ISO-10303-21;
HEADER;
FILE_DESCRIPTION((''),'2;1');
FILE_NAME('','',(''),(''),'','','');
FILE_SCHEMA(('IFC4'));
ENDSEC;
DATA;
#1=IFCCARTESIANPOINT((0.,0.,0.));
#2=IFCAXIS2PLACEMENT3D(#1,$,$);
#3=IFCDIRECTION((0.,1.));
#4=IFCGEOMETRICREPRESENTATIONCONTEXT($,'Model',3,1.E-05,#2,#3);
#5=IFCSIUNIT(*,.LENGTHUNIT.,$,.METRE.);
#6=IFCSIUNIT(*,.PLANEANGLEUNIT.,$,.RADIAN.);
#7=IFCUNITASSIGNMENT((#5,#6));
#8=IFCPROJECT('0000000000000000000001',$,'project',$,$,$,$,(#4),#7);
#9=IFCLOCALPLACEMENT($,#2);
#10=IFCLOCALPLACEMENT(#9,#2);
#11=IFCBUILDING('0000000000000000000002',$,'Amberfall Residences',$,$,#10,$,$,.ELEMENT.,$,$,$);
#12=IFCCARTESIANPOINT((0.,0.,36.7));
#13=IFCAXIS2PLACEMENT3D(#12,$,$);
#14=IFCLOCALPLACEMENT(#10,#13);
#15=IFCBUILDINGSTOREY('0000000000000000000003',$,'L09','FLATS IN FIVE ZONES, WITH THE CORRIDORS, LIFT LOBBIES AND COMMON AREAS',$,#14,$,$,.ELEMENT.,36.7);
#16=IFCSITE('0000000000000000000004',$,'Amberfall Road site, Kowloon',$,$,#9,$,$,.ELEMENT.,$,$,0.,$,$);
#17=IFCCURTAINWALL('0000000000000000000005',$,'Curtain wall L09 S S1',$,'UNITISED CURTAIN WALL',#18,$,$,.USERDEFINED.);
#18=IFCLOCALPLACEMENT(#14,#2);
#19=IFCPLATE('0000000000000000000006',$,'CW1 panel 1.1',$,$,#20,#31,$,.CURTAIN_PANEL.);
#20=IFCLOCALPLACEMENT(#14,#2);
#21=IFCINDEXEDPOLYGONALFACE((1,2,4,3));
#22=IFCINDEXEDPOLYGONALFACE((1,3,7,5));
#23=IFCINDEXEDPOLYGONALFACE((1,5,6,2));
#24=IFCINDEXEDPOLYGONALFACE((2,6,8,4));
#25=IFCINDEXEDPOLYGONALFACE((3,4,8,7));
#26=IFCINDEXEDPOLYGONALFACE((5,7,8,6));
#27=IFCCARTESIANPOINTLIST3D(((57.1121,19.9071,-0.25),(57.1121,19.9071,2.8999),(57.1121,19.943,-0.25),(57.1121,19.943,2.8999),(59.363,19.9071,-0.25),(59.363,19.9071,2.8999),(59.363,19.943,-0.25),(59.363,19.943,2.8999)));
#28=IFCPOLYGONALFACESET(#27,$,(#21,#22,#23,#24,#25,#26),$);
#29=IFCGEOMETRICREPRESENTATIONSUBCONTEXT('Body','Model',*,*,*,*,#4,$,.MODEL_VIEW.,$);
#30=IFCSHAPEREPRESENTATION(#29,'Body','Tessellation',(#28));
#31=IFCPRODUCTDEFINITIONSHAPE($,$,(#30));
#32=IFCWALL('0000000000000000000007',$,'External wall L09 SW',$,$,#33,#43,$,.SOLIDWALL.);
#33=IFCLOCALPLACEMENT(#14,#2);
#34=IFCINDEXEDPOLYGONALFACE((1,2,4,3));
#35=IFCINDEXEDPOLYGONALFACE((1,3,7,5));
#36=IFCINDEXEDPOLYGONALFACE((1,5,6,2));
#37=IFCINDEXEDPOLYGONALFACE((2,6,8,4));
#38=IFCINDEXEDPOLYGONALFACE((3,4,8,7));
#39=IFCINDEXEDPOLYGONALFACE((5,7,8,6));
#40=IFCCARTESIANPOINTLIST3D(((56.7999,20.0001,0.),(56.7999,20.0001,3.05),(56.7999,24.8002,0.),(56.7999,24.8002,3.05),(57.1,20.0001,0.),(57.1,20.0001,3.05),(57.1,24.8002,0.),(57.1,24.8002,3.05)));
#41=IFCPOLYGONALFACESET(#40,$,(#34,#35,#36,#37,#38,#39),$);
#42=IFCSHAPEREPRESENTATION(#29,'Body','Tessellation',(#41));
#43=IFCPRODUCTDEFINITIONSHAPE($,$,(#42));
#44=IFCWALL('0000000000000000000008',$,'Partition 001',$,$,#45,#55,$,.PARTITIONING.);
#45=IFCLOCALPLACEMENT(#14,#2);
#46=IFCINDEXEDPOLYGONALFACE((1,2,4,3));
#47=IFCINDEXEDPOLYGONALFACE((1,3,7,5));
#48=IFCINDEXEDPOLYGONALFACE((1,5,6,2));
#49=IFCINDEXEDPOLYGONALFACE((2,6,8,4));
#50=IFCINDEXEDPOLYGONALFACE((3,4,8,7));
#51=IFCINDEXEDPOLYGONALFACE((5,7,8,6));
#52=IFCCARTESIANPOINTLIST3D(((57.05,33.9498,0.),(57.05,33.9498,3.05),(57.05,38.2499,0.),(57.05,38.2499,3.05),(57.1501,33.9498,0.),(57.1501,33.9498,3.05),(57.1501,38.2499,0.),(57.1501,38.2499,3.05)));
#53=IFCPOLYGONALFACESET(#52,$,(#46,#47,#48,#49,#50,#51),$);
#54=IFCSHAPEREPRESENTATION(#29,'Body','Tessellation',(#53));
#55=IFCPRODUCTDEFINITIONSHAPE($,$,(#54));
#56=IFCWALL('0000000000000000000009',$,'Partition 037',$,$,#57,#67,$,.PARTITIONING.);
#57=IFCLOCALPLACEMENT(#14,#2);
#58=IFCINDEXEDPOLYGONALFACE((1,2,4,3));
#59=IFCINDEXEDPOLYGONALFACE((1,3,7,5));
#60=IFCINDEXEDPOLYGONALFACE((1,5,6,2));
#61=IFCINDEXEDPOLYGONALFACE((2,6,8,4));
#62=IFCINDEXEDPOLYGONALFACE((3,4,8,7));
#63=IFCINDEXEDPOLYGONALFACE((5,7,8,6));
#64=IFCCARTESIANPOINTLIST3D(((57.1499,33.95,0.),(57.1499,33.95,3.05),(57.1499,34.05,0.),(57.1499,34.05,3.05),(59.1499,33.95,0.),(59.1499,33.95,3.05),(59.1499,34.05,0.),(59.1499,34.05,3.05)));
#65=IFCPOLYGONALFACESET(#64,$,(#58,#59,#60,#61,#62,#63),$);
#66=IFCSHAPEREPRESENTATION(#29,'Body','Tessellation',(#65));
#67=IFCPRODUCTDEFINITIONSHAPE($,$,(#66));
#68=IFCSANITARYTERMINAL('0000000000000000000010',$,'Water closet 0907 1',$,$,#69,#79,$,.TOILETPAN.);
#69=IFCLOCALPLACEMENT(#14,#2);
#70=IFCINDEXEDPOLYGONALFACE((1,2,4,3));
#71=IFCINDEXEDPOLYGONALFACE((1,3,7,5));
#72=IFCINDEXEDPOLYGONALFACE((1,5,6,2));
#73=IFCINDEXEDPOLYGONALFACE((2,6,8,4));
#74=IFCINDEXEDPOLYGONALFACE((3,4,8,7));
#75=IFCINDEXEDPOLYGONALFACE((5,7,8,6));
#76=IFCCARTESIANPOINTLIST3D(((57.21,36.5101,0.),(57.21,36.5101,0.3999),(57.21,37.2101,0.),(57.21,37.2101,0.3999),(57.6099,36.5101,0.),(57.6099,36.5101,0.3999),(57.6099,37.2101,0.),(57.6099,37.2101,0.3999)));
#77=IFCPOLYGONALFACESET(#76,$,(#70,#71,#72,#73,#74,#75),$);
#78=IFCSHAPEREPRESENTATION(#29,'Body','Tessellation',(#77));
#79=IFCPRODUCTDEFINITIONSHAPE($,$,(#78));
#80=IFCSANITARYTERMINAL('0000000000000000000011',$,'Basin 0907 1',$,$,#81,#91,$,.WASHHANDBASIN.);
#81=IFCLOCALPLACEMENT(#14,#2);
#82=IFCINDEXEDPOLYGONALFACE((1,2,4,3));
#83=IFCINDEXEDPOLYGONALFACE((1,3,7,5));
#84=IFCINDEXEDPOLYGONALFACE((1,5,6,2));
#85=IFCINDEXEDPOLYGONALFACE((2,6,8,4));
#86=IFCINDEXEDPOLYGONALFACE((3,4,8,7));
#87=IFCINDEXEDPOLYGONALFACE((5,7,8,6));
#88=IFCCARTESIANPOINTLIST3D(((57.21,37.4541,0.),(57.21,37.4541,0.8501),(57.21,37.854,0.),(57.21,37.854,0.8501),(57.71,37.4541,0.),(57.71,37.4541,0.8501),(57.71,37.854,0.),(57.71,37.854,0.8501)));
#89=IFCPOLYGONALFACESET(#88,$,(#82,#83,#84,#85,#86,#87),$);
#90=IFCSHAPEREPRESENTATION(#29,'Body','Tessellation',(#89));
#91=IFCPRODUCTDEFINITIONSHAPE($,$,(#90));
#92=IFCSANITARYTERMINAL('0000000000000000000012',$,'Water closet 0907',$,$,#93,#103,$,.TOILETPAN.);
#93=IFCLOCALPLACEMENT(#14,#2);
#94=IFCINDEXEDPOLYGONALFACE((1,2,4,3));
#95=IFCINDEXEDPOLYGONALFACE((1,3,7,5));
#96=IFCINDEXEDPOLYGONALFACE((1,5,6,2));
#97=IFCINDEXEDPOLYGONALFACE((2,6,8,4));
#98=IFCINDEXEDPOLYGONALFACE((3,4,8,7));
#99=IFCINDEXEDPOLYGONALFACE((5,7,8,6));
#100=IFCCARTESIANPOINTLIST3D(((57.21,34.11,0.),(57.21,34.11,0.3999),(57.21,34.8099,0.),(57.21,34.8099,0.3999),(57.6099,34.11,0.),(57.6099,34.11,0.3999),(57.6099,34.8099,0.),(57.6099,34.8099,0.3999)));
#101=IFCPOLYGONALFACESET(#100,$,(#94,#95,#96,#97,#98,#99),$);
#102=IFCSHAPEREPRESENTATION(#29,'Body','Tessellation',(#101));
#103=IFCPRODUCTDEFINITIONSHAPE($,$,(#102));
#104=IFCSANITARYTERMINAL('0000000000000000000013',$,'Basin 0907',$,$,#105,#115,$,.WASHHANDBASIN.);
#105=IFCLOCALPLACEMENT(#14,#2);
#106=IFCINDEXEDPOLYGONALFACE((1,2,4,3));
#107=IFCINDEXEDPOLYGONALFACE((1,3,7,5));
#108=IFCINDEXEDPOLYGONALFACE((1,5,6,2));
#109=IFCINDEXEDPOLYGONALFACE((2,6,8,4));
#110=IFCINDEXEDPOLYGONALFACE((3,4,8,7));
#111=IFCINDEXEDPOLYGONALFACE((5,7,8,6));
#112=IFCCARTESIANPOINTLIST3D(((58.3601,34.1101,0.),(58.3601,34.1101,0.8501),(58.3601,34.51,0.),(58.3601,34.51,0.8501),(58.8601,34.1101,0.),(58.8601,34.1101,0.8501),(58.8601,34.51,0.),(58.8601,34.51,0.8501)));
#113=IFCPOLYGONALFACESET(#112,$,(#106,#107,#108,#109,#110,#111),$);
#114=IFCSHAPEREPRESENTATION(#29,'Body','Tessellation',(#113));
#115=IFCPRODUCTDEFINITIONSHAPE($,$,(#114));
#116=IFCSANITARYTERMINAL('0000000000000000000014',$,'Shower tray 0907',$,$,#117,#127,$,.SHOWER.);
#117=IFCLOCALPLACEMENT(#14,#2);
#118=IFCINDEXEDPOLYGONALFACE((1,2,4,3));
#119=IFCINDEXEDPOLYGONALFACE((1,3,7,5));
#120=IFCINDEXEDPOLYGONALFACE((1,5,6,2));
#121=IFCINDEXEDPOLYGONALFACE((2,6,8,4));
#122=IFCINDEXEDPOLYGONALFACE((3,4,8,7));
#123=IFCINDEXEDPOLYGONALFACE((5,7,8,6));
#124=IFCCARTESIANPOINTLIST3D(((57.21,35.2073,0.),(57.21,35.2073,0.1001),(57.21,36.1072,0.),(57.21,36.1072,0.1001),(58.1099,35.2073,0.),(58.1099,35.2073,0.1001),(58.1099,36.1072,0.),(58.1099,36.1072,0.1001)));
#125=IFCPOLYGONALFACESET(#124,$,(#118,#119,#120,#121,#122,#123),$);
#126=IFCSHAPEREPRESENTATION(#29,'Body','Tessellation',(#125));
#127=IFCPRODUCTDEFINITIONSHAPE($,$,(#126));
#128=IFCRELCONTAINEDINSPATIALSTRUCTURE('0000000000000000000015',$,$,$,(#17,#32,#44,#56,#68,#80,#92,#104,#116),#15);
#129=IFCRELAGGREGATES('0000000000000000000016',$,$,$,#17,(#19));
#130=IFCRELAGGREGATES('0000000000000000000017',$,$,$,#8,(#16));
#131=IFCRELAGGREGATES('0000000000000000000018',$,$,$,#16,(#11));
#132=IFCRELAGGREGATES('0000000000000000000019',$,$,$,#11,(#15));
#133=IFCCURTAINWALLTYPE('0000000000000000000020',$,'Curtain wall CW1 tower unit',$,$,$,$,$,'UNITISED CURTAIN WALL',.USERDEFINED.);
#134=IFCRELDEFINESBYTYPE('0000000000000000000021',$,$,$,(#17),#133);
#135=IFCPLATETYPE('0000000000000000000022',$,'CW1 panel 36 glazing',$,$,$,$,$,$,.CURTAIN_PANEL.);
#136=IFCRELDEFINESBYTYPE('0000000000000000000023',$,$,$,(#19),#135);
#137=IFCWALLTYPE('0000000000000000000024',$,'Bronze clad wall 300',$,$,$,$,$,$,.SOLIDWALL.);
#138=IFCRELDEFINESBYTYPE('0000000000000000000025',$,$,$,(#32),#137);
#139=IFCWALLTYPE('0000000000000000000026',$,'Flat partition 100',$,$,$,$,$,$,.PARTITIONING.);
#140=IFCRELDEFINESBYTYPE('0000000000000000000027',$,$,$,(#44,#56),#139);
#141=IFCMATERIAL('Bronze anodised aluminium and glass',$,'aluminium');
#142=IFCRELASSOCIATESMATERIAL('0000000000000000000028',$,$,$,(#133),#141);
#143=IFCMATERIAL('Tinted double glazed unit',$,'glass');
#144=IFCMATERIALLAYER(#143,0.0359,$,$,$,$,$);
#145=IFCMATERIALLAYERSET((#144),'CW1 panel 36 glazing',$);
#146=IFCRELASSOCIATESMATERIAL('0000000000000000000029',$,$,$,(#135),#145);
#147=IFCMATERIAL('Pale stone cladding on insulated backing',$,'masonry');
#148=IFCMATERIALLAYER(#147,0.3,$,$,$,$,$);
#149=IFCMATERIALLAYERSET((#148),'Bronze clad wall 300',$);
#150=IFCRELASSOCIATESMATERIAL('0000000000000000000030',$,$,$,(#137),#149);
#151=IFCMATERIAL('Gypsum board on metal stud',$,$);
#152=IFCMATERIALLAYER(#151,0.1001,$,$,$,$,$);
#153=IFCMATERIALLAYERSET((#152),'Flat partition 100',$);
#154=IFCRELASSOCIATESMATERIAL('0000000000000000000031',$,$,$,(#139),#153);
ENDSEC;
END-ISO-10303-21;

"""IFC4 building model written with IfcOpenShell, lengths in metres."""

from ifc_helpers import new_model, si_unit, direction, frame, frame_2d, origin, origin_2d, place, context, subcontext, project, spatial, rectangle, extrude, material, layer, layer_set, type_object, element, aggregate, save


model = new_model("IFC4")

# Units and contexts
model_context = context("Model", 3, precision=1e-05, world=origin(), true_north=direction((0.0, 1.0)))
body_context = subcontext(model_context, "Body", "Model", "MODEL_VIEW")
ifc_project = project(units=[si_unit("LENGTHUNIT", "METRE"), si_unit("PLANEANGLEUNIT", "RADIAN")], contexts=[model_context])

# Site, building, storey
site_placement = place(None, origin())
site = spatial("IfcSite", under=ifc_project, at=site_placement, Name="Amberfall Road site, Kowloon", CompositionType="ELEMENT", RefElevation=0.0)
building_placement = place(site_placement, origin())
building = spatial("IfcBuilding", under=site, at=building_placement, Name="Amberfall Residences", CompositionType="ELEMENT")
storey_placement = place(building_placement, frame((0.0, 0.0, 36.7)))
storey = spatial("IfcBuildingStorey", under=building, at=storey_placement, Name="L09", Description="FLATS IN FIVE ZONES, WITH THE CORRIDORS, LIFT LOBBIES AND COMMON AREAS", CompositionType="ELEMENT", Elevation=36.7)

# Curtain wall
ifc_material_1 = material(Name="Bronze anodised aluminium and glass", Category="aluminium")
curtain_wall_type = type_object("IfcCurtainWallType", Name="Curtain wall CW1 tower unit", ElementType="UNITISED CURTAIN WALL", PredefinedType="USERDEFINED", material=ifc_material_1)
curtain_wall_placement = place(storey_placement, origin())
curtain_wall = element("IfcCurtainWall", 1, at=curtain_wall_placement, inside=storey, type_object=curtain_wall_type, Name="Curtain wall L09 S S1", ObjectType="UNITISED CURTAIN WALL", PredefinedType="USERDEFINED")

# Plate
ifc_material_2 = material(Name="Tinted double glazed unit", Category="glass")
ifc_layer_1 = layer(ifc_material_2, 0.0359)
ifc_layer_set_1 = layer_set([ifc_layer_1], Name="CW1 panel 36 glazing")
plate_type = type_object("IfcPlateType", Name="CW1 panel 36 glazing", PredefinedType="CURTAIN_PANEL", material=ifc_layer_set_1)
plate_placement = place(storey_placement, frame((58.2375, 19.925, -0.25), z_axis=(0.0, 0.0, 1.0), x_axis=(1.0, 0.0, 0.0)))
plate = element("IfcPlate", 2, at=plate_placement, type_object=plate_type, Name="CW1 panel 1.1", PredefinedType="CURTAIN_PANEL", context=body_context, shape_type="SweptSolid", body=[
    extrude(rectangle(XDim=2.251, YDim=0.0359, at=origin_2d()), origin(), (0.0, 0.0, 1.0), 3.1499),
])
aggregate(curtain_wall, [plate])

# Walls
ifc_material_3 = material(Name="Pale stone cladding on insulated backing", Category="masonry")
ifc_layer_2 = layer(ifc_material_3, 0.3)
ifc_layer_set_2 = layer_set([ifc_layer_2], Name="Bronze clad wall 300")
wall_type_1 = type_object("IfcWallType", Name="Bronze clad wall 300", PredefinedType="SOLIDWALL", material=ifc_layer_set_2)
wall_1_placement = place(storey_placement, frame((56.95, 24.8, 0.0), z_axis=(0.0, 0.0, 1.0), x_axis=(0.0, -1.0, 0.0)))
element("IfcWall", 3, at=wall_1_placement, inside=storey, type_object=wall_type_1, Name="External wall L09 SW", PredefinedType="SOLIDWALL", context=body_context, shape_type="SweptSolid", body=[
    extrude(rectangle(XDim=4.8, YDim=0.3, at=frame_2d((2.3999, 0.0))), origin(), (0.0, 0.0, 1.0), 3.05),
])
ifc_material_4 = material(Name="Gypsum board on metal stud")
ifc_layer_3 = layer(ifc_material_4, 0.1001)
ifc_layer_set_3 = layer_set([ifc_layer_3], Name="Flat partition 100")
wall_type_2 = type_object("IfcWallType", Name="Flat partition 100", PredefinedType="PARTITIONING", material=ifc_layer_set_3)
wall_2_placement = place(storey_placement, frame((57.1001, 33.95, 0.0), z_axis=(0.0, 0.0, 1.0), x_axis=(0.0, 1.0, 0.0)))
element("IfcWall", 4, at=wall_2_placement, inside=storey, type_object=wall_type_2, Name="Partition 001", PredefinedType="PARTITIONING", context=body_context, shape_type="SweptSolid", body=[
    extrude(rectangle(XDim=4.3, YDim=0.1001, at=frame_2d((2.1499, 0.0))), origin(), (0.0, 0.0, 1.0), 3.05),
])
wall_3_placement = place(storey_placement, frame((57.1499, 34.0, 0.0), z_axis=(0.0, 0.0, 1.0), x_axis=(1.0, 0.0, 0.0)))
element("IfcWall", 5, at=wall_3_placement, inside=storey, type_object=wall_type_2, Name="Partition 037", PredefinedType="PARTITIONING", context=body_context, shape_type="SweptSolid", body=[
    extrude(rectangle(XDim=2.0, YDim=0.1001, at=frame_2d((1.0, 0.0))), origin(), (0.0, 0.0, 1.0), 3.05),
])

# Sanitary terminals
sanitary_terminal_1_placement = place(storey_placement, frame((57.4099, 36.8601, 0.0), z_axis=(0.0, 0.0, 1.0), x_axis=(1.0, 0.0, 0.0)))
element("IfcSanitaryTerminal", 6, at=sanitary_terminal_1_placement, inside=storey, Name="Water closet 0907 1", PredefinedType="TOILETPAN", context=body_context, shape_type="SweptSolid", body=[
    extrude(rectangle(XDim=0.3999, YDim=0.7, at=origin_2d()), origin(), (0.0, 0.0, 1.0), 0.3999),
])
sanitary_terminal_2_placement = place(storey_placement, frame((57.46, 37.6541, 0.0), z_axis=(0.0, 0.0, 1.0), x_axis=(1.0, 0.0, 0.0)))
element("IfcSanitaryTerminal", 7, at=sanitary_terminal_2_placement, inside=storey, Name="Basin 0907 1", PredefinedType="WASHHANDBASIN", context=body_context, shape_type="SweptSolid", body=[
    extrude(rectangle(XDim=0.5, YDim=0.3999, at=origin_2d()), origin(), (0.0, 0.0, 1.0), 0.8501),
])
sanitary_terminal_3_placement = place(storey_placement, frame((57.4099, 34.46, 0.0), z_axis=(0.0, 0.0, 1.0), x_axis=(1.0, 0.0, 0.0)))
element("IfcSanitaryTerminal", 8, at=sanitary_terminal_3_placement, inside=storey, Name="Water closet 0907", PredefinedType="TOILETPAN", context=body_context, shape_type="SweptSolid", body=[
    extrude(rectangle(XDim=0.3999, YDim=0.7, at=origin_2d()), origin(), (0.0, 0.0, 1.0), 0.3999),
])
sanitary_terminal_4_placement = place(storey_placement, frame((58.6101, 34.3101, 0.0), z_axis=(0.0, 0.0, 1.0), x_axis=(1.0, 0.0, 0.0)))
element("IfcSanitaryTerminal", 9, at=sanitary_terminal_4_placement, inside=storey, Name="Basin 0907", PredefinedType="WASHHANDBASIN", context=body_context, shape_type="SweptSolid", body=[
    extrude(rectangle(XDim=0.5, YDim=0.3999, at=origin_2d()), origin(), (0.0, 0.0, 1.0), 0.8501),
])
sanitary_terminal_5_placement = place(storey_placement, frame((57.6599, 35.6572, 0.0), z_axis=(0.0, 0.0, 1.0), x_axis=(1.0, 0.0, 0.0)))
element("IfcSanitaryTerminal", 10, at=sanitary_terminal_5_placement, inside=storey, Name="Shower tray 0907", PredefinedType="SHOWER", context=body_context, shape_type="SweptSolid", body=[
    extrude(rectangle(XDim=0.8999, YDim=0.8999, at=origin_2d()), origin(), (0.0, 0.0, 1.0), 0.1001),
])

save(model, "model.ifc")
